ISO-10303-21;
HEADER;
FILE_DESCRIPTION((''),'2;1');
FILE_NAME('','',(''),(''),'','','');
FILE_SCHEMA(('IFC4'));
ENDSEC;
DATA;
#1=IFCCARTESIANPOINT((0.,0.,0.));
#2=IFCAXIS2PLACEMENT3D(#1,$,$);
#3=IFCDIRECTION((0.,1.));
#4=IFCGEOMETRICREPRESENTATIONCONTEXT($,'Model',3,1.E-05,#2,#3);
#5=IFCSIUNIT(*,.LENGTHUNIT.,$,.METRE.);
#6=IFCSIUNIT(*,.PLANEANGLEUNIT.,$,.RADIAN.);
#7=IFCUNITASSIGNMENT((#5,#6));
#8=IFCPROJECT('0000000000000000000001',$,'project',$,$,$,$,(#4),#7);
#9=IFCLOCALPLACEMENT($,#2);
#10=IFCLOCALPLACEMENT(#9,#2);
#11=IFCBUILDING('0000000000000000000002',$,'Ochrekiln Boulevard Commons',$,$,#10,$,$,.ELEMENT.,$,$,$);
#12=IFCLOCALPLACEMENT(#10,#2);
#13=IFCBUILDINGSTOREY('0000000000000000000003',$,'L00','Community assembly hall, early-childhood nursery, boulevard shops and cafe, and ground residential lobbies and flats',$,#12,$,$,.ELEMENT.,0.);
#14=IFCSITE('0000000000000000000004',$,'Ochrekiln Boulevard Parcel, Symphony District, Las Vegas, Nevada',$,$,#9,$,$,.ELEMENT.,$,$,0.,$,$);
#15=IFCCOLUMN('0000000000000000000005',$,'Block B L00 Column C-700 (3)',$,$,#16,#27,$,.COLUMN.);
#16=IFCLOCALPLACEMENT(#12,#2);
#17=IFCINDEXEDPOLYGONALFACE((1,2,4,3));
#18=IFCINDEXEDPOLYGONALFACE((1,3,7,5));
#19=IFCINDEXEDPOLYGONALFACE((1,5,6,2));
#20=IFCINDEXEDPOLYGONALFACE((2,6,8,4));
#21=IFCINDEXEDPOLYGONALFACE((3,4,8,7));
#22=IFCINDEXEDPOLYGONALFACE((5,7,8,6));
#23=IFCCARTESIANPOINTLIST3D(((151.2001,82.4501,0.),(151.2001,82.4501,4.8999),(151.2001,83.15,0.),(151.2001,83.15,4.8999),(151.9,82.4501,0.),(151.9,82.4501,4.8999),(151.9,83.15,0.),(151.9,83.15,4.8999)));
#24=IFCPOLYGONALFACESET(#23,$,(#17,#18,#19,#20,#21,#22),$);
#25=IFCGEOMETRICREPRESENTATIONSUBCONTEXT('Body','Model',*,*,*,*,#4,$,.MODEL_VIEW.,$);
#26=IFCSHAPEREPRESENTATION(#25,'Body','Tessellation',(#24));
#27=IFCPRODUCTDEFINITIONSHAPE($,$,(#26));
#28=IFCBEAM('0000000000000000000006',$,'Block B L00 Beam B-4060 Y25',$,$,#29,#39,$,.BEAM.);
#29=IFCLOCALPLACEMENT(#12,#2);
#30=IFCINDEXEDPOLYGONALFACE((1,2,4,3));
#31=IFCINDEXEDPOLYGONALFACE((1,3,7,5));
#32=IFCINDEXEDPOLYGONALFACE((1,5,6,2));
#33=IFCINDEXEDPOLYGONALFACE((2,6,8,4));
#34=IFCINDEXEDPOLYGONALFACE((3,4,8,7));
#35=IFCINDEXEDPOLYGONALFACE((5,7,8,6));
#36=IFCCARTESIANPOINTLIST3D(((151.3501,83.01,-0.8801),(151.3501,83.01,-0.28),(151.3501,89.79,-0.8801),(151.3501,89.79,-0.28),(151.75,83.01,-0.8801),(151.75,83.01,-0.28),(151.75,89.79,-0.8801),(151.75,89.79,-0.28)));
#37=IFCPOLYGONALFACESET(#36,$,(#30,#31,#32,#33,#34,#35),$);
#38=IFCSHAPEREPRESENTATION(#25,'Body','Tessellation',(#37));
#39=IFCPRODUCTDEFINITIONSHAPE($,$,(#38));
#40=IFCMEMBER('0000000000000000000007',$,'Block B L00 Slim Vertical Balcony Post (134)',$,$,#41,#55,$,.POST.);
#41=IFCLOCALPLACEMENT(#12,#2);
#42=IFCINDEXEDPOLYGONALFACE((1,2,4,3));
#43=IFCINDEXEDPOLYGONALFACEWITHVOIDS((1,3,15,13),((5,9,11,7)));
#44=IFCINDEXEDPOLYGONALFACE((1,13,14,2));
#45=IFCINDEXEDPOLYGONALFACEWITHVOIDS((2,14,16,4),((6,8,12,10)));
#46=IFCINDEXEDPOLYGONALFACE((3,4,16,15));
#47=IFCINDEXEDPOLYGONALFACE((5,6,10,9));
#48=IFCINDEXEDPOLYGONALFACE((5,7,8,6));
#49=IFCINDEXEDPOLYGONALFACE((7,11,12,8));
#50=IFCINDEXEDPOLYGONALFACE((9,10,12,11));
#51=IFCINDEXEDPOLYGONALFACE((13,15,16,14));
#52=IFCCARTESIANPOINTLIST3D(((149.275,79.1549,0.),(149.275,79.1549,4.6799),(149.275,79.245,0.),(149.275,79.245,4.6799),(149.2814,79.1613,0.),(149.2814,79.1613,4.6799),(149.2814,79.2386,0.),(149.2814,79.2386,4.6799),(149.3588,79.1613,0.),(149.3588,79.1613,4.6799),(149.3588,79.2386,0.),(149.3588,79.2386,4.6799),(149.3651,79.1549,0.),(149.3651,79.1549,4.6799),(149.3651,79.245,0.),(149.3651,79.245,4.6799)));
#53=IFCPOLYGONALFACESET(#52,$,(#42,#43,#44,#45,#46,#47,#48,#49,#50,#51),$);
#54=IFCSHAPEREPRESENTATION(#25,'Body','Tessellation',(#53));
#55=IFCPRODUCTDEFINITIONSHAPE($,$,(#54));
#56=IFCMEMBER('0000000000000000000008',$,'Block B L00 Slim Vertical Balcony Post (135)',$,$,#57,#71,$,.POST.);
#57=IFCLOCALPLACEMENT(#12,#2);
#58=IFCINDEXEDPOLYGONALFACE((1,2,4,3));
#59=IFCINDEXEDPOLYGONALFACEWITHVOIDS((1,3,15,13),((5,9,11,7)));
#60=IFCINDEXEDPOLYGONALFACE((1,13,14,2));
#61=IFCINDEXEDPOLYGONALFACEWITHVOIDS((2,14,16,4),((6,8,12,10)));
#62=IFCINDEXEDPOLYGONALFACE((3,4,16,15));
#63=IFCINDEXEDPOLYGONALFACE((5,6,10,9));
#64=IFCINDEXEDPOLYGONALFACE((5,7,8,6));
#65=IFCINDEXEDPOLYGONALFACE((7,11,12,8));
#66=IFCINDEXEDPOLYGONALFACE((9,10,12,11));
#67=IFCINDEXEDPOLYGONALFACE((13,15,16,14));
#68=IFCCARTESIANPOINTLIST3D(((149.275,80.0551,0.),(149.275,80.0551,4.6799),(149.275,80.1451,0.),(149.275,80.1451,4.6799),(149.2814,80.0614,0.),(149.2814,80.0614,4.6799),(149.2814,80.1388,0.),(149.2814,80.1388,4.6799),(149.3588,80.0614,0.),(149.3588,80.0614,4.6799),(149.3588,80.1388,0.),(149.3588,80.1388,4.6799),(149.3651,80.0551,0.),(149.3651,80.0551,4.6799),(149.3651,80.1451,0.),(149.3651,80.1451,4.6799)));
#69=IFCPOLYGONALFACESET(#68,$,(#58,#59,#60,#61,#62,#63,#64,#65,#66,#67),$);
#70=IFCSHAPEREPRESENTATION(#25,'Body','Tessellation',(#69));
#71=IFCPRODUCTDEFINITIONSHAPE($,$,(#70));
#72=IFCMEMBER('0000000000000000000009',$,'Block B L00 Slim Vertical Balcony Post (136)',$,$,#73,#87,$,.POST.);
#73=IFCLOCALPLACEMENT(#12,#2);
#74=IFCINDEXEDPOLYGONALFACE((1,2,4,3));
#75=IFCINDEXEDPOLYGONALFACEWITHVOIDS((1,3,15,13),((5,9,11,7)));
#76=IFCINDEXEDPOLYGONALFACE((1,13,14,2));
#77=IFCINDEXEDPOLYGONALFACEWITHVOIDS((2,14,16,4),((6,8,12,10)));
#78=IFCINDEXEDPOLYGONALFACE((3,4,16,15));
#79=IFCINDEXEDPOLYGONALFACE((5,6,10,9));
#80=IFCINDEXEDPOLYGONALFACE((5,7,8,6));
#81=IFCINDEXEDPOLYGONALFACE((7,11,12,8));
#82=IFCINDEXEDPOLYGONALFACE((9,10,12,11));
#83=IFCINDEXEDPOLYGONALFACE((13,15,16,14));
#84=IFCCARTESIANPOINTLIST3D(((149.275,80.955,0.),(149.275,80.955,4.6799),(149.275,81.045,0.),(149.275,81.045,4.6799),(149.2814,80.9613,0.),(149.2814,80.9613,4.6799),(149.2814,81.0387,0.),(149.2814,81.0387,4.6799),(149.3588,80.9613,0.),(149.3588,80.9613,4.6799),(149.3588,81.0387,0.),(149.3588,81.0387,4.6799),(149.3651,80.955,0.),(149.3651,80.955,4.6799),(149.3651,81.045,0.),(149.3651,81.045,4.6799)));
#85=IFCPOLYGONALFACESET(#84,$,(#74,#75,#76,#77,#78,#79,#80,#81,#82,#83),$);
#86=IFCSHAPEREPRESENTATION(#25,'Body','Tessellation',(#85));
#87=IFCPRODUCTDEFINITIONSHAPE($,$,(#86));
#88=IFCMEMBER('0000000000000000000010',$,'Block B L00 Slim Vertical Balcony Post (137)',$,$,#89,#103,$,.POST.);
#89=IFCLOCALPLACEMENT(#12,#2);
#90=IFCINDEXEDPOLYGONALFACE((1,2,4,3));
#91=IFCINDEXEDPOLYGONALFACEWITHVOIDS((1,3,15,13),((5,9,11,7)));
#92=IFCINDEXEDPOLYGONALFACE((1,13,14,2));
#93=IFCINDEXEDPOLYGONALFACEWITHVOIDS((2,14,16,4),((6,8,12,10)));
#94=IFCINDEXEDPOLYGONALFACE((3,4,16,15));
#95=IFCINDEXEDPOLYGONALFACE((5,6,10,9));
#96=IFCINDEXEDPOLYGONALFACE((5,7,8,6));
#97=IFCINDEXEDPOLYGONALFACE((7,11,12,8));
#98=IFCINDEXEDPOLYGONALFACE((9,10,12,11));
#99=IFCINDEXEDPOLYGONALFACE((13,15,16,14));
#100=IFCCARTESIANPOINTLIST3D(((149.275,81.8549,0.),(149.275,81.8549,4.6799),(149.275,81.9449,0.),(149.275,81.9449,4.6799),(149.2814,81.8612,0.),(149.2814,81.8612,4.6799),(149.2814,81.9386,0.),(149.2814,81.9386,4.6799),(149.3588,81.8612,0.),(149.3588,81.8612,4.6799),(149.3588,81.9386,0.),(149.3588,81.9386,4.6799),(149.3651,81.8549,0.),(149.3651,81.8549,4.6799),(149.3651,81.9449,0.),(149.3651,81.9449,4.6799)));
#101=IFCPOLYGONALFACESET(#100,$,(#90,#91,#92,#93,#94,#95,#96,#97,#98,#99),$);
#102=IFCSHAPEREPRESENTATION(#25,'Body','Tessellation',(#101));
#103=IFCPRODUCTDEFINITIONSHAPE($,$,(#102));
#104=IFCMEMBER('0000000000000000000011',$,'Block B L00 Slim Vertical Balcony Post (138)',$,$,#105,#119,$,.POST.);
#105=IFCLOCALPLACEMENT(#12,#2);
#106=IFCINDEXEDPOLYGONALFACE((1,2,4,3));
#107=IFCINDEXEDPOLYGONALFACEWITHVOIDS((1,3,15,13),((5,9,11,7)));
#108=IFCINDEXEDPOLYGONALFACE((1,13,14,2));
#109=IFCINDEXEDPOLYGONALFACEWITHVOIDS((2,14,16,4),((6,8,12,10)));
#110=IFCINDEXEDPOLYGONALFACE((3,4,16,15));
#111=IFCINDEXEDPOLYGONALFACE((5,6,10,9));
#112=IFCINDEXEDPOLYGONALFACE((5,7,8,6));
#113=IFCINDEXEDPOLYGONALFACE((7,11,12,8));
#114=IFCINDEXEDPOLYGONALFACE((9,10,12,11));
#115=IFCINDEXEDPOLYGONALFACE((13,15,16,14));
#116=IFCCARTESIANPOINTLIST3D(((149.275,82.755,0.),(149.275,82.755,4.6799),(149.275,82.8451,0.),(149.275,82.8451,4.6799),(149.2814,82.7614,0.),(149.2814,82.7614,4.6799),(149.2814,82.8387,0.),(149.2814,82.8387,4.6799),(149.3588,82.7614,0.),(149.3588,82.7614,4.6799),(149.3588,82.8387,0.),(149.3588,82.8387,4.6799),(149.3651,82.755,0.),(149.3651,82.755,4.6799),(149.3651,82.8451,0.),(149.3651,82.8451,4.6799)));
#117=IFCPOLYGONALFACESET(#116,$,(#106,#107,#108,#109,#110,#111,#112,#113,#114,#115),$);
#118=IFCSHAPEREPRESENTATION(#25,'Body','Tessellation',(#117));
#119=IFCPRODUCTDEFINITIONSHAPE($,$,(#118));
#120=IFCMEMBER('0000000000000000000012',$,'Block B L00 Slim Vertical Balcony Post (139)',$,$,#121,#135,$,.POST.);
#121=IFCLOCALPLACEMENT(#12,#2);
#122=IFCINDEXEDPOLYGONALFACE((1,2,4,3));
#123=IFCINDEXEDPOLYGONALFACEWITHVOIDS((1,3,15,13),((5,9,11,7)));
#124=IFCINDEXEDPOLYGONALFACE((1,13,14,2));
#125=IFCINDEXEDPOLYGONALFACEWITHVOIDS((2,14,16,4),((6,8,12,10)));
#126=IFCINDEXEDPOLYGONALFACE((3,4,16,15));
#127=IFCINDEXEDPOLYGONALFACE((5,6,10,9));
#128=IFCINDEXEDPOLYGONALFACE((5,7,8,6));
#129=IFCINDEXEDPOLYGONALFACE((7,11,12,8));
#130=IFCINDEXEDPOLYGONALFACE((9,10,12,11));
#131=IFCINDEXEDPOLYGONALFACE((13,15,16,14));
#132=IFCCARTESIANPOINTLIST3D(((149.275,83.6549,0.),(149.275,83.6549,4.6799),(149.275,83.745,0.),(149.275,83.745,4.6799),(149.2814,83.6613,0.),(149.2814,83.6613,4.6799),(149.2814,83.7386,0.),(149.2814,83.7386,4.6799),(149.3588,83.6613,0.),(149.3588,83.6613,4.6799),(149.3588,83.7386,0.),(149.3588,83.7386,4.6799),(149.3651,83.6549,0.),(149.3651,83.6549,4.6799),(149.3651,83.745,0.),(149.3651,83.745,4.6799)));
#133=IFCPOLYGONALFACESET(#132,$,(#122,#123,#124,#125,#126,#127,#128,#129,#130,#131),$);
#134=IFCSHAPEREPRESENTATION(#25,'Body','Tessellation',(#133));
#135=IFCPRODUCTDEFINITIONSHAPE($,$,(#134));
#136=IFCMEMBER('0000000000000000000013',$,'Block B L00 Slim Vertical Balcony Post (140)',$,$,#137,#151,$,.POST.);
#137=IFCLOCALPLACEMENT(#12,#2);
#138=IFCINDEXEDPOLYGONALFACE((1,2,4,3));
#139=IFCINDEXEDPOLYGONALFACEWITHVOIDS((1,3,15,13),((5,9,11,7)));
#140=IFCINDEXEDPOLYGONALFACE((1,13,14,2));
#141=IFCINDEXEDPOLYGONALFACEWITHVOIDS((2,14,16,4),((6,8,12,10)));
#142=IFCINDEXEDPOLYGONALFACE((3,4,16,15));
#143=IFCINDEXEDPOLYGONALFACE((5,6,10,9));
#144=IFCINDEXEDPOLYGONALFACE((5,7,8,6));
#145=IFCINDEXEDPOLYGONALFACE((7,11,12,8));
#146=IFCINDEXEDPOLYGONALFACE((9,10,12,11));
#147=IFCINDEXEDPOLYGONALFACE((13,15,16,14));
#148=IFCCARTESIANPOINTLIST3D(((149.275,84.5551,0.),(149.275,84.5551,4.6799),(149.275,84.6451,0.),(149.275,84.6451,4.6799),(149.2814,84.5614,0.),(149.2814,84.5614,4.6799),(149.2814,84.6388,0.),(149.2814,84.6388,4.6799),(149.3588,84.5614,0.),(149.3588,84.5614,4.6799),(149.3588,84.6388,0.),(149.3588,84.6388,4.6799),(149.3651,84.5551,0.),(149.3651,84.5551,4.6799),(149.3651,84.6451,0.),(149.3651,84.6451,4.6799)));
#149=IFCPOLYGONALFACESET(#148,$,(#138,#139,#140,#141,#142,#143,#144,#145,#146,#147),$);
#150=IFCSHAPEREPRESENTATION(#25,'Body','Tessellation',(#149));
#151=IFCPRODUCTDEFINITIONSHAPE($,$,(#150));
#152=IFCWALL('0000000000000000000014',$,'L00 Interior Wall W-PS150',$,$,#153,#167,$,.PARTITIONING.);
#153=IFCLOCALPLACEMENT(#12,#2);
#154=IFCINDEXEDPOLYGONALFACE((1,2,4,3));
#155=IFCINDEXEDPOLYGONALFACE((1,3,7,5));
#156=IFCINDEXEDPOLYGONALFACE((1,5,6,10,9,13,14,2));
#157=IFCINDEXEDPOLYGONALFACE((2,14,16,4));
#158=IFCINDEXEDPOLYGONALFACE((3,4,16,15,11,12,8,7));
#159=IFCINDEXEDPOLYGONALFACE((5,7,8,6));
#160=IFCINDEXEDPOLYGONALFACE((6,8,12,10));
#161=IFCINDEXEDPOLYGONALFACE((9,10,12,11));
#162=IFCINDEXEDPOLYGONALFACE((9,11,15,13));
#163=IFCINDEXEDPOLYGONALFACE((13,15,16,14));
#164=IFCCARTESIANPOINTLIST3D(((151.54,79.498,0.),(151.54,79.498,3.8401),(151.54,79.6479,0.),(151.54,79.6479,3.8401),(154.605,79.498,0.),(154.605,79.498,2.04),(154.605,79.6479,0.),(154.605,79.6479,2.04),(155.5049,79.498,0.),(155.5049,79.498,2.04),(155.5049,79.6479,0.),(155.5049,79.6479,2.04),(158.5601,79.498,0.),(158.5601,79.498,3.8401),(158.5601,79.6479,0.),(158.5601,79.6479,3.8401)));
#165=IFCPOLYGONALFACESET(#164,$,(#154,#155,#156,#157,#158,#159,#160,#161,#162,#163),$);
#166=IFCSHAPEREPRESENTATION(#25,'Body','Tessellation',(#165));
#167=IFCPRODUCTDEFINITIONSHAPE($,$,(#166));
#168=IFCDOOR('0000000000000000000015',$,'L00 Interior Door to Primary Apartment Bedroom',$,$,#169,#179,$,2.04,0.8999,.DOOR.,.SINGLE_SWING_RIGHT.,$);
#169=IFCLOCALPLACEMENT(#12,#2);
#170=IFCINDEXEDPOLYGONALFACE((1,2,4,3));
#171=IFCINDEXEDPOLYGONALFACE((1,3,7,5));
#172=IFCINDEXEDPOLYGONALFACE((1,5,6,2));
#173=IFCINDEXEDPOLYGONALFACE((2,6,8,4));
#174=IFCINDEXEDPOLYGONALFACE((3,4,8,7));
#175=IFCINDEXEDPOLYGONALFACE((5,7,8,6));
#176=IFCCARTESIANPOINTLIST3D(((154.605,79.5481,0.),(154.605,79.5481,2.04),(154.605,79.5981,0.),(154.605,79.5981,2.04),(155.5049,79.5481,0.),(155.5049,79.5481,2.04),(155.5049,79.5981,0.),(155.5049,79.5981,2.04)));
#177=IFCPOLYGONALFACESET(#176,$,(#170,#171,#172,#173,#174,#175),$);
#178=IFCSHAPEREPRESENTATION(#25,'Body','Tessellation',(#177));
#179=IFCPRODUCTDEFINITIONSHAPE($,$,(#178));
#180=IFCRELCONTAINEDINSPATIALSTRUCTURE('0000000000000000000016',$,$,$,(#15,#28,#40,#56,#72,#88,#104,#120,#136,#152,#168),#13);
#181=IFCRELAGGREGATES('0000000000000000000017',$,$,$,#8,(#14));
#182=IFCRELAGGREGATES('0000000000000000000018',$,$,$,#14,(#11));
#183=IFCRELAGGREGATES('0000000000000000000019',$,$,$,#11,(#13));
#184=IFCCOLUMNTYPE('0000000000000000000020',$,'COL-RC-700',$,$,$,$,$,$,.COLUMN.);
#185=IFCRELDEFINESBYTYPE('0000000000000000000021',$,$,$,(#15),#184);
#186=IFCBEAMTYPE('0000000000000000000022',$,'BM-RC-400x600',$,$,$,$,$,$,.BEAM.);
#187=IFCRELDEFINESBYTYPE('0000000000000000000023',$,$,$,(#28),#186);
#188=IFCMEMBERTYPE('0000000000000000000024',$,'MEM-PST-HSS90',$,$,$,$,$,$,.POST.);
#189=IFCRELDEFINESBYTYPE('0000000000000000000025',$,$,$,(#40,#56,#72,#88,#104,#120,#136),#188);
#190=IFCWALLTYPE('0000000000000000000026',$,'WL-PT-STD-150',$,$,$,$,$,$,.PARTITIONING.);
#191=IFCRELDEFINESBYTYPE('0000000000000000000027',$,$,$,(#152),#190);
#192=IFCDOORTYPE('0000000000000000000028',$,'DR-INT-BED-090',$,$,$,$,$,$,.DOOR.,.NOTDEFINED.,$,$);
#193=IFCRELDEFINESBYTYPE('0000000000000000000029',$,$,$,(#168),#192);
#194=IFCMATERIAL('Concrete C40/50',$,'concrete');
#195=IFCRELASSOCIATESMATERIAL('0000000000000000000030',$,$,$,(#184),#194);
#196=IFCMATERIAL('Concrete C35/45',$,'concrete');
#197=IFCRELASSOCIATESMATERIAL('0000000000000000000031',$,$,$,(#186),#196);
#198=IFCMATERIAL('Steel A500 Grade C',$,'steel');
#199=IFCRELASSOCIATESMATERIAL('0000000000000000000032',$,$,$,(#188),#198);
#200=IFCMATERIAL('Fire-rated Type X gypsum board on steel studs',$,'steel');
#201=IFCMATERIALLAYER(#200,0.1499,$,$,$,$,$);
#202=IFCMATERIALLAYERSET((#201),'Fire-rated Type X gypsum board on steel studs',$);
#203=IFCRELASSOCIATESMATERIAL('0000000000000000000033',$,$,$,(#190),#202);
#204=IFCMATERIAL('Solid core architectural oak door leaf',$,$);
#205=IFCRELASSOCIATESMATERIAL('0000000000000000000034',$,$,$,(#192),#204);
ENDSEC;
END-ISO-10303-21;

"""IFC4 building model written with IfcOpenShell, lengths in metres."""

from ifc_helpers import new_model, si_unit, direction, frame, frame_2d, origin, origin_2d, place, context, subcontext, project, spatial, rectangle, hollow_rectangle, extrude, material, layer, layer_set, material_profile, profile_set, type_object, element, fill, save


model = new_model("IFC4")

# Units and contexts
model_context = context("Model", 3, precision=1e-05, world=origin(), true_north=direction((0.0, 1.0)))
body_context = subcontext(model_context, "Body", "Model", "MODEL_VIEW")
ifc_project = project(units=[si_unit("LENGTHUNIT", "METRE"), si_unit("PLANEANGLEUNIT", "RADIAN")], contexts=[model_context])

# Site, building, storey
site_placement = place(None, origin())
site = spatial("IfcSite", under=ifc_project, at=site_placement, Name="Ochrekiln Boulevard Parcel, Symphony District, Las Vegas, Nevada", CompositionType="ELEMENT", RefElevation=0.0)
building_placement = place(site_placement, origin())
building = spatial("IfcBuilding", under=site, at=building_placement, Name="Ochrekiln Boulevard Commons", CompositionType="ELEMENT")
storey_placement = place(building_placement, origin())
storey = spatial("IfcBuildingStorey", under=building, at=storey_placement, Name="L00", Description="Community assembly hall, early-childhood nursery, boulevard shops and cafe, and ground residential lobbies and flats", CompositionType="ELEMENT", Elevation=0.0)

# Column
ifc_material_1 = material(Name="Concrete C40/50", Category="concrete")
ifc_material_profile_1 = material_profile(ifc_material_1, rectangle(XDim=0.7, YDim=0.7, at=origin_2d()), Name="RC-COL-700x700")
ifc_profile_set_1 = profile_set([ifc_material_profile_1], Name="Concrete C40/50")
column_type = type_object("IfcColumnType", Name="COL-RC-700", PredefinedType="COLUMN", material=ifc_profile_set_1)
column_placement = place(storey_placement, frame((151.55, 82.8, 0.0), z_axis=(0.0, 0.0, 1.0), x_axis=(1.0, 0.0, 0.0)))
element("IfcColumn", 1, at=column_placement, inside=storey, type_object=column_type, Name="Block B L00 Column C-700 (3)", PredefinedType="COLUMN", context=body_context, shape_type="SweptSolid", body=[
    extrude(rectangle(XDim=0.7, YDim=0.7, at=origin_2d()), origin(), (0.0, 0.0, 1.0), 4.8999),
])

# Beam
ifc_material_2 = material(Name="Concrete C35/45", Category="concrete")
ifc_material_profile_2 = material_profile(ifc_material_2, rectangle(XDim=0.3999, YDim=0.6001, at=origin_2d()), Name="RC-BM-400x600")
ifc_profile_set_2 = profile_set([ifc_material_profile_2], Name="Concrete C35/45")
beam_type = type_object("IfcBeamType", Name="BM-RC-400x600", PredefinedType="BEAM", material=ifc_profile_set_2)
beam_placement = place(storey_placement, frame((151.55, 83.01, -0.5801), z_axis=(0.0, 1.0, 0.0), x_axis=(-1.0, 0.0, 0.0)))
element("IfcBeam", 2, at=beam_placement, inside=storey, type_object=beam_type, Name="Block B L00 Beam B-4060 Y25", PredefinedType="BEAM", context=body_context, shape_type="SweptSolid", body=[
    extrude(rectangle(XDim=0.3999, YDim=0.6001, at=origin_2d()), origin(), (0.0, 0.0, 1.0), 6.78),
])

# Members
ifc_material_3 = material(Name="Steel A500 Grade C", Category="steel")
ifc_material_profile_3 = material_profile(ifc_material_3, hollow_rectangle(XDim=0.0901, YDim=0.0901, WallThickness=0.0063, at=origin_2d()), Name="HSS90X90X6.4")
ifc_profile_set_3 = profile_set([ifc_material_profile_3], Name="Steel A500 Grade C")
member_type = type_object("IfcMemberType", Name="MEM-PST-HSS90", PredefinedType="POST", material=ifc_profile_set_3)
for number, where, z_axis, x_axis, name in (
    (3, (149.3201, 79.2, 0.0), (0.0, 0.0, 1.0), (1.0, 0.0, 0.0), "Block B L00 Slim Vertical Balcony Post (134)"),
    (4, (149.3201, 80.1001, 0.0), (0.0, 0.0, 1.0), (1.0, 0.0, 0.0), "Block B L00 Slim Vertical Balcony Post (135)"),
    (5, (149.3201, 81.0, 0.0), (0.0, 0.0, 1.0), (1.0, 0.0, 0.0), "Block B L00 Slim Vertical Balcony Post (136)"),
    (6, (149.3201, 81.8999, 0.0), (0.0, 0.0, 1.0), (1.0, 0.0, 0.0), "Block B L00 Slim Vertical Balcony Post (137)"),
    (7, (149.3201, 82.8, 0.0), (0.0, 0.0, 1.0), (1.0, 0.0, 0.0), "Block B L00 Slim Vertical Balcony Post (138)"),
    (8, (149.3201, 83.7, 0.0), (0.0, 0.0, 1.0), (1.0, 0.0, 0.0), "Block B L00 Slim Vertical Balcony Post (139)"),
    (9, (149.3201, 84.6001, 0.0), (0.0, 0.0, 1.0), (1.0, 0.0, 0.0), "Block B L00 Slim Vertical Balcony Post (140)"),
):
    element("IfcMember", number, at=place(storey_placement, frame(where, z_axis=z_axis, x_axis=x_axis)), inside=storey, type_object=member_type, Name=name, PredefinedType="POST", context=body_context, shape_type="SweptSolid", body=[
        extrude(hollow_rectangle(XDim=0.0901, YDim=0.0901, WallThickness=0.0063, at=origin_2d()), origin(), (0.0, 0.0, 1.0), 4.6799),
    ])

# Wall, opening, door
ifc_material_4 = material(Name="Fire-rated Type X gypsum board on steel studs", Category="steel")
ifc_layer = layer(ifc_material_4, 0.1499)
ifc_layer_set = layer_set([ifc_layer], Name="Fire-rated Type X gypsum board on steel studs")
wall_type = type_object("IfcWallType", Name="WL-PT-STD-150", PredefinedType="PARTITIONING", material=ifc_layer_set)
wall_1_placement = place(storey_placement, frame((151.54, 79.573, 0.0), z_axis=(0.0, 0.0, 1.0), x_axis=(1.0, 0.0, 0.0)))
wall_1 = element("IfcWall", 10, at=wall_1_placement, inside=storey, type_object=wall_type, Name="L00 Interior Wall W-PS150", PredefinedType="PARTITIONING", context=body_context, shape_type="SweptSolid", body=[
    extrude(rectangle(XDim=7.02, YDim=0.1499, at=frame_2d((3.51, 0.0))), origin(), (0.0, 0.0, 1.0), 3.8401),
])
opening_1_placement = place(wall_1_placement, frame((3.0649, 0.0, 0.0)))
opening_1 = element("IfcOpeningElement", 11, at=opening_1_placement, cuts=wall_1, PredefinedType="OPENING", context=body_context, shape_type="SweptSolid", body=[
    extrude(rectangle(XDim=0.8999, YDim=2.04, at=frame_2d((0.45, 1.02))), frame((0.0, 0.085, 0.0), z_axis=(0.0, -1.0, 0.0), x_axis=(1.0, 0.0, 0.0)), (0.0, 0.0, 1.0), 0.1699),
])
ifc_material_5 = material(Name="Solid core architectural oak door leaf")
door_type_1 = type_object("IfcDoorType", Name="DR-INT-BED-090", OperationType="NOTDEFINED", PredefinedType="DOOR", material=ifc_material_5)
door_1_placement = place(opening_1_placement, frame((0.8999, 0.0, 0.0), z_axis=(0.0, 0.0, 1.0), x_axis=(-1.0, 0.0, 0.0)))
door_1 = element("IfcDoor", 12, at=door_1_placement, inside=storey, type_object=door_type_1, Name="L00 Interior Door to Primary Apartment Bedroom", OperationType="SINGLE_SWING_RIGHT", OverallHeight=2.04, OverallWidth=0.8999, PredefinedType="DOOR", context=body_context, shape_type="SweptSolid", body=[
    extrude(rectangle(XDim=0.8999, YDim=2.04, at=frame_2d((0.45, 1.02))), frame((0.0, 0.0249, 0.0), z_axis=(0.0, -1.0, 0.0), x_axis=(1.0, 0.0, 0.0)), (0.0, 0.0, 1.0), 0.05),
])
fill(opening_1, door_1)

save(model, "model.ifc")
